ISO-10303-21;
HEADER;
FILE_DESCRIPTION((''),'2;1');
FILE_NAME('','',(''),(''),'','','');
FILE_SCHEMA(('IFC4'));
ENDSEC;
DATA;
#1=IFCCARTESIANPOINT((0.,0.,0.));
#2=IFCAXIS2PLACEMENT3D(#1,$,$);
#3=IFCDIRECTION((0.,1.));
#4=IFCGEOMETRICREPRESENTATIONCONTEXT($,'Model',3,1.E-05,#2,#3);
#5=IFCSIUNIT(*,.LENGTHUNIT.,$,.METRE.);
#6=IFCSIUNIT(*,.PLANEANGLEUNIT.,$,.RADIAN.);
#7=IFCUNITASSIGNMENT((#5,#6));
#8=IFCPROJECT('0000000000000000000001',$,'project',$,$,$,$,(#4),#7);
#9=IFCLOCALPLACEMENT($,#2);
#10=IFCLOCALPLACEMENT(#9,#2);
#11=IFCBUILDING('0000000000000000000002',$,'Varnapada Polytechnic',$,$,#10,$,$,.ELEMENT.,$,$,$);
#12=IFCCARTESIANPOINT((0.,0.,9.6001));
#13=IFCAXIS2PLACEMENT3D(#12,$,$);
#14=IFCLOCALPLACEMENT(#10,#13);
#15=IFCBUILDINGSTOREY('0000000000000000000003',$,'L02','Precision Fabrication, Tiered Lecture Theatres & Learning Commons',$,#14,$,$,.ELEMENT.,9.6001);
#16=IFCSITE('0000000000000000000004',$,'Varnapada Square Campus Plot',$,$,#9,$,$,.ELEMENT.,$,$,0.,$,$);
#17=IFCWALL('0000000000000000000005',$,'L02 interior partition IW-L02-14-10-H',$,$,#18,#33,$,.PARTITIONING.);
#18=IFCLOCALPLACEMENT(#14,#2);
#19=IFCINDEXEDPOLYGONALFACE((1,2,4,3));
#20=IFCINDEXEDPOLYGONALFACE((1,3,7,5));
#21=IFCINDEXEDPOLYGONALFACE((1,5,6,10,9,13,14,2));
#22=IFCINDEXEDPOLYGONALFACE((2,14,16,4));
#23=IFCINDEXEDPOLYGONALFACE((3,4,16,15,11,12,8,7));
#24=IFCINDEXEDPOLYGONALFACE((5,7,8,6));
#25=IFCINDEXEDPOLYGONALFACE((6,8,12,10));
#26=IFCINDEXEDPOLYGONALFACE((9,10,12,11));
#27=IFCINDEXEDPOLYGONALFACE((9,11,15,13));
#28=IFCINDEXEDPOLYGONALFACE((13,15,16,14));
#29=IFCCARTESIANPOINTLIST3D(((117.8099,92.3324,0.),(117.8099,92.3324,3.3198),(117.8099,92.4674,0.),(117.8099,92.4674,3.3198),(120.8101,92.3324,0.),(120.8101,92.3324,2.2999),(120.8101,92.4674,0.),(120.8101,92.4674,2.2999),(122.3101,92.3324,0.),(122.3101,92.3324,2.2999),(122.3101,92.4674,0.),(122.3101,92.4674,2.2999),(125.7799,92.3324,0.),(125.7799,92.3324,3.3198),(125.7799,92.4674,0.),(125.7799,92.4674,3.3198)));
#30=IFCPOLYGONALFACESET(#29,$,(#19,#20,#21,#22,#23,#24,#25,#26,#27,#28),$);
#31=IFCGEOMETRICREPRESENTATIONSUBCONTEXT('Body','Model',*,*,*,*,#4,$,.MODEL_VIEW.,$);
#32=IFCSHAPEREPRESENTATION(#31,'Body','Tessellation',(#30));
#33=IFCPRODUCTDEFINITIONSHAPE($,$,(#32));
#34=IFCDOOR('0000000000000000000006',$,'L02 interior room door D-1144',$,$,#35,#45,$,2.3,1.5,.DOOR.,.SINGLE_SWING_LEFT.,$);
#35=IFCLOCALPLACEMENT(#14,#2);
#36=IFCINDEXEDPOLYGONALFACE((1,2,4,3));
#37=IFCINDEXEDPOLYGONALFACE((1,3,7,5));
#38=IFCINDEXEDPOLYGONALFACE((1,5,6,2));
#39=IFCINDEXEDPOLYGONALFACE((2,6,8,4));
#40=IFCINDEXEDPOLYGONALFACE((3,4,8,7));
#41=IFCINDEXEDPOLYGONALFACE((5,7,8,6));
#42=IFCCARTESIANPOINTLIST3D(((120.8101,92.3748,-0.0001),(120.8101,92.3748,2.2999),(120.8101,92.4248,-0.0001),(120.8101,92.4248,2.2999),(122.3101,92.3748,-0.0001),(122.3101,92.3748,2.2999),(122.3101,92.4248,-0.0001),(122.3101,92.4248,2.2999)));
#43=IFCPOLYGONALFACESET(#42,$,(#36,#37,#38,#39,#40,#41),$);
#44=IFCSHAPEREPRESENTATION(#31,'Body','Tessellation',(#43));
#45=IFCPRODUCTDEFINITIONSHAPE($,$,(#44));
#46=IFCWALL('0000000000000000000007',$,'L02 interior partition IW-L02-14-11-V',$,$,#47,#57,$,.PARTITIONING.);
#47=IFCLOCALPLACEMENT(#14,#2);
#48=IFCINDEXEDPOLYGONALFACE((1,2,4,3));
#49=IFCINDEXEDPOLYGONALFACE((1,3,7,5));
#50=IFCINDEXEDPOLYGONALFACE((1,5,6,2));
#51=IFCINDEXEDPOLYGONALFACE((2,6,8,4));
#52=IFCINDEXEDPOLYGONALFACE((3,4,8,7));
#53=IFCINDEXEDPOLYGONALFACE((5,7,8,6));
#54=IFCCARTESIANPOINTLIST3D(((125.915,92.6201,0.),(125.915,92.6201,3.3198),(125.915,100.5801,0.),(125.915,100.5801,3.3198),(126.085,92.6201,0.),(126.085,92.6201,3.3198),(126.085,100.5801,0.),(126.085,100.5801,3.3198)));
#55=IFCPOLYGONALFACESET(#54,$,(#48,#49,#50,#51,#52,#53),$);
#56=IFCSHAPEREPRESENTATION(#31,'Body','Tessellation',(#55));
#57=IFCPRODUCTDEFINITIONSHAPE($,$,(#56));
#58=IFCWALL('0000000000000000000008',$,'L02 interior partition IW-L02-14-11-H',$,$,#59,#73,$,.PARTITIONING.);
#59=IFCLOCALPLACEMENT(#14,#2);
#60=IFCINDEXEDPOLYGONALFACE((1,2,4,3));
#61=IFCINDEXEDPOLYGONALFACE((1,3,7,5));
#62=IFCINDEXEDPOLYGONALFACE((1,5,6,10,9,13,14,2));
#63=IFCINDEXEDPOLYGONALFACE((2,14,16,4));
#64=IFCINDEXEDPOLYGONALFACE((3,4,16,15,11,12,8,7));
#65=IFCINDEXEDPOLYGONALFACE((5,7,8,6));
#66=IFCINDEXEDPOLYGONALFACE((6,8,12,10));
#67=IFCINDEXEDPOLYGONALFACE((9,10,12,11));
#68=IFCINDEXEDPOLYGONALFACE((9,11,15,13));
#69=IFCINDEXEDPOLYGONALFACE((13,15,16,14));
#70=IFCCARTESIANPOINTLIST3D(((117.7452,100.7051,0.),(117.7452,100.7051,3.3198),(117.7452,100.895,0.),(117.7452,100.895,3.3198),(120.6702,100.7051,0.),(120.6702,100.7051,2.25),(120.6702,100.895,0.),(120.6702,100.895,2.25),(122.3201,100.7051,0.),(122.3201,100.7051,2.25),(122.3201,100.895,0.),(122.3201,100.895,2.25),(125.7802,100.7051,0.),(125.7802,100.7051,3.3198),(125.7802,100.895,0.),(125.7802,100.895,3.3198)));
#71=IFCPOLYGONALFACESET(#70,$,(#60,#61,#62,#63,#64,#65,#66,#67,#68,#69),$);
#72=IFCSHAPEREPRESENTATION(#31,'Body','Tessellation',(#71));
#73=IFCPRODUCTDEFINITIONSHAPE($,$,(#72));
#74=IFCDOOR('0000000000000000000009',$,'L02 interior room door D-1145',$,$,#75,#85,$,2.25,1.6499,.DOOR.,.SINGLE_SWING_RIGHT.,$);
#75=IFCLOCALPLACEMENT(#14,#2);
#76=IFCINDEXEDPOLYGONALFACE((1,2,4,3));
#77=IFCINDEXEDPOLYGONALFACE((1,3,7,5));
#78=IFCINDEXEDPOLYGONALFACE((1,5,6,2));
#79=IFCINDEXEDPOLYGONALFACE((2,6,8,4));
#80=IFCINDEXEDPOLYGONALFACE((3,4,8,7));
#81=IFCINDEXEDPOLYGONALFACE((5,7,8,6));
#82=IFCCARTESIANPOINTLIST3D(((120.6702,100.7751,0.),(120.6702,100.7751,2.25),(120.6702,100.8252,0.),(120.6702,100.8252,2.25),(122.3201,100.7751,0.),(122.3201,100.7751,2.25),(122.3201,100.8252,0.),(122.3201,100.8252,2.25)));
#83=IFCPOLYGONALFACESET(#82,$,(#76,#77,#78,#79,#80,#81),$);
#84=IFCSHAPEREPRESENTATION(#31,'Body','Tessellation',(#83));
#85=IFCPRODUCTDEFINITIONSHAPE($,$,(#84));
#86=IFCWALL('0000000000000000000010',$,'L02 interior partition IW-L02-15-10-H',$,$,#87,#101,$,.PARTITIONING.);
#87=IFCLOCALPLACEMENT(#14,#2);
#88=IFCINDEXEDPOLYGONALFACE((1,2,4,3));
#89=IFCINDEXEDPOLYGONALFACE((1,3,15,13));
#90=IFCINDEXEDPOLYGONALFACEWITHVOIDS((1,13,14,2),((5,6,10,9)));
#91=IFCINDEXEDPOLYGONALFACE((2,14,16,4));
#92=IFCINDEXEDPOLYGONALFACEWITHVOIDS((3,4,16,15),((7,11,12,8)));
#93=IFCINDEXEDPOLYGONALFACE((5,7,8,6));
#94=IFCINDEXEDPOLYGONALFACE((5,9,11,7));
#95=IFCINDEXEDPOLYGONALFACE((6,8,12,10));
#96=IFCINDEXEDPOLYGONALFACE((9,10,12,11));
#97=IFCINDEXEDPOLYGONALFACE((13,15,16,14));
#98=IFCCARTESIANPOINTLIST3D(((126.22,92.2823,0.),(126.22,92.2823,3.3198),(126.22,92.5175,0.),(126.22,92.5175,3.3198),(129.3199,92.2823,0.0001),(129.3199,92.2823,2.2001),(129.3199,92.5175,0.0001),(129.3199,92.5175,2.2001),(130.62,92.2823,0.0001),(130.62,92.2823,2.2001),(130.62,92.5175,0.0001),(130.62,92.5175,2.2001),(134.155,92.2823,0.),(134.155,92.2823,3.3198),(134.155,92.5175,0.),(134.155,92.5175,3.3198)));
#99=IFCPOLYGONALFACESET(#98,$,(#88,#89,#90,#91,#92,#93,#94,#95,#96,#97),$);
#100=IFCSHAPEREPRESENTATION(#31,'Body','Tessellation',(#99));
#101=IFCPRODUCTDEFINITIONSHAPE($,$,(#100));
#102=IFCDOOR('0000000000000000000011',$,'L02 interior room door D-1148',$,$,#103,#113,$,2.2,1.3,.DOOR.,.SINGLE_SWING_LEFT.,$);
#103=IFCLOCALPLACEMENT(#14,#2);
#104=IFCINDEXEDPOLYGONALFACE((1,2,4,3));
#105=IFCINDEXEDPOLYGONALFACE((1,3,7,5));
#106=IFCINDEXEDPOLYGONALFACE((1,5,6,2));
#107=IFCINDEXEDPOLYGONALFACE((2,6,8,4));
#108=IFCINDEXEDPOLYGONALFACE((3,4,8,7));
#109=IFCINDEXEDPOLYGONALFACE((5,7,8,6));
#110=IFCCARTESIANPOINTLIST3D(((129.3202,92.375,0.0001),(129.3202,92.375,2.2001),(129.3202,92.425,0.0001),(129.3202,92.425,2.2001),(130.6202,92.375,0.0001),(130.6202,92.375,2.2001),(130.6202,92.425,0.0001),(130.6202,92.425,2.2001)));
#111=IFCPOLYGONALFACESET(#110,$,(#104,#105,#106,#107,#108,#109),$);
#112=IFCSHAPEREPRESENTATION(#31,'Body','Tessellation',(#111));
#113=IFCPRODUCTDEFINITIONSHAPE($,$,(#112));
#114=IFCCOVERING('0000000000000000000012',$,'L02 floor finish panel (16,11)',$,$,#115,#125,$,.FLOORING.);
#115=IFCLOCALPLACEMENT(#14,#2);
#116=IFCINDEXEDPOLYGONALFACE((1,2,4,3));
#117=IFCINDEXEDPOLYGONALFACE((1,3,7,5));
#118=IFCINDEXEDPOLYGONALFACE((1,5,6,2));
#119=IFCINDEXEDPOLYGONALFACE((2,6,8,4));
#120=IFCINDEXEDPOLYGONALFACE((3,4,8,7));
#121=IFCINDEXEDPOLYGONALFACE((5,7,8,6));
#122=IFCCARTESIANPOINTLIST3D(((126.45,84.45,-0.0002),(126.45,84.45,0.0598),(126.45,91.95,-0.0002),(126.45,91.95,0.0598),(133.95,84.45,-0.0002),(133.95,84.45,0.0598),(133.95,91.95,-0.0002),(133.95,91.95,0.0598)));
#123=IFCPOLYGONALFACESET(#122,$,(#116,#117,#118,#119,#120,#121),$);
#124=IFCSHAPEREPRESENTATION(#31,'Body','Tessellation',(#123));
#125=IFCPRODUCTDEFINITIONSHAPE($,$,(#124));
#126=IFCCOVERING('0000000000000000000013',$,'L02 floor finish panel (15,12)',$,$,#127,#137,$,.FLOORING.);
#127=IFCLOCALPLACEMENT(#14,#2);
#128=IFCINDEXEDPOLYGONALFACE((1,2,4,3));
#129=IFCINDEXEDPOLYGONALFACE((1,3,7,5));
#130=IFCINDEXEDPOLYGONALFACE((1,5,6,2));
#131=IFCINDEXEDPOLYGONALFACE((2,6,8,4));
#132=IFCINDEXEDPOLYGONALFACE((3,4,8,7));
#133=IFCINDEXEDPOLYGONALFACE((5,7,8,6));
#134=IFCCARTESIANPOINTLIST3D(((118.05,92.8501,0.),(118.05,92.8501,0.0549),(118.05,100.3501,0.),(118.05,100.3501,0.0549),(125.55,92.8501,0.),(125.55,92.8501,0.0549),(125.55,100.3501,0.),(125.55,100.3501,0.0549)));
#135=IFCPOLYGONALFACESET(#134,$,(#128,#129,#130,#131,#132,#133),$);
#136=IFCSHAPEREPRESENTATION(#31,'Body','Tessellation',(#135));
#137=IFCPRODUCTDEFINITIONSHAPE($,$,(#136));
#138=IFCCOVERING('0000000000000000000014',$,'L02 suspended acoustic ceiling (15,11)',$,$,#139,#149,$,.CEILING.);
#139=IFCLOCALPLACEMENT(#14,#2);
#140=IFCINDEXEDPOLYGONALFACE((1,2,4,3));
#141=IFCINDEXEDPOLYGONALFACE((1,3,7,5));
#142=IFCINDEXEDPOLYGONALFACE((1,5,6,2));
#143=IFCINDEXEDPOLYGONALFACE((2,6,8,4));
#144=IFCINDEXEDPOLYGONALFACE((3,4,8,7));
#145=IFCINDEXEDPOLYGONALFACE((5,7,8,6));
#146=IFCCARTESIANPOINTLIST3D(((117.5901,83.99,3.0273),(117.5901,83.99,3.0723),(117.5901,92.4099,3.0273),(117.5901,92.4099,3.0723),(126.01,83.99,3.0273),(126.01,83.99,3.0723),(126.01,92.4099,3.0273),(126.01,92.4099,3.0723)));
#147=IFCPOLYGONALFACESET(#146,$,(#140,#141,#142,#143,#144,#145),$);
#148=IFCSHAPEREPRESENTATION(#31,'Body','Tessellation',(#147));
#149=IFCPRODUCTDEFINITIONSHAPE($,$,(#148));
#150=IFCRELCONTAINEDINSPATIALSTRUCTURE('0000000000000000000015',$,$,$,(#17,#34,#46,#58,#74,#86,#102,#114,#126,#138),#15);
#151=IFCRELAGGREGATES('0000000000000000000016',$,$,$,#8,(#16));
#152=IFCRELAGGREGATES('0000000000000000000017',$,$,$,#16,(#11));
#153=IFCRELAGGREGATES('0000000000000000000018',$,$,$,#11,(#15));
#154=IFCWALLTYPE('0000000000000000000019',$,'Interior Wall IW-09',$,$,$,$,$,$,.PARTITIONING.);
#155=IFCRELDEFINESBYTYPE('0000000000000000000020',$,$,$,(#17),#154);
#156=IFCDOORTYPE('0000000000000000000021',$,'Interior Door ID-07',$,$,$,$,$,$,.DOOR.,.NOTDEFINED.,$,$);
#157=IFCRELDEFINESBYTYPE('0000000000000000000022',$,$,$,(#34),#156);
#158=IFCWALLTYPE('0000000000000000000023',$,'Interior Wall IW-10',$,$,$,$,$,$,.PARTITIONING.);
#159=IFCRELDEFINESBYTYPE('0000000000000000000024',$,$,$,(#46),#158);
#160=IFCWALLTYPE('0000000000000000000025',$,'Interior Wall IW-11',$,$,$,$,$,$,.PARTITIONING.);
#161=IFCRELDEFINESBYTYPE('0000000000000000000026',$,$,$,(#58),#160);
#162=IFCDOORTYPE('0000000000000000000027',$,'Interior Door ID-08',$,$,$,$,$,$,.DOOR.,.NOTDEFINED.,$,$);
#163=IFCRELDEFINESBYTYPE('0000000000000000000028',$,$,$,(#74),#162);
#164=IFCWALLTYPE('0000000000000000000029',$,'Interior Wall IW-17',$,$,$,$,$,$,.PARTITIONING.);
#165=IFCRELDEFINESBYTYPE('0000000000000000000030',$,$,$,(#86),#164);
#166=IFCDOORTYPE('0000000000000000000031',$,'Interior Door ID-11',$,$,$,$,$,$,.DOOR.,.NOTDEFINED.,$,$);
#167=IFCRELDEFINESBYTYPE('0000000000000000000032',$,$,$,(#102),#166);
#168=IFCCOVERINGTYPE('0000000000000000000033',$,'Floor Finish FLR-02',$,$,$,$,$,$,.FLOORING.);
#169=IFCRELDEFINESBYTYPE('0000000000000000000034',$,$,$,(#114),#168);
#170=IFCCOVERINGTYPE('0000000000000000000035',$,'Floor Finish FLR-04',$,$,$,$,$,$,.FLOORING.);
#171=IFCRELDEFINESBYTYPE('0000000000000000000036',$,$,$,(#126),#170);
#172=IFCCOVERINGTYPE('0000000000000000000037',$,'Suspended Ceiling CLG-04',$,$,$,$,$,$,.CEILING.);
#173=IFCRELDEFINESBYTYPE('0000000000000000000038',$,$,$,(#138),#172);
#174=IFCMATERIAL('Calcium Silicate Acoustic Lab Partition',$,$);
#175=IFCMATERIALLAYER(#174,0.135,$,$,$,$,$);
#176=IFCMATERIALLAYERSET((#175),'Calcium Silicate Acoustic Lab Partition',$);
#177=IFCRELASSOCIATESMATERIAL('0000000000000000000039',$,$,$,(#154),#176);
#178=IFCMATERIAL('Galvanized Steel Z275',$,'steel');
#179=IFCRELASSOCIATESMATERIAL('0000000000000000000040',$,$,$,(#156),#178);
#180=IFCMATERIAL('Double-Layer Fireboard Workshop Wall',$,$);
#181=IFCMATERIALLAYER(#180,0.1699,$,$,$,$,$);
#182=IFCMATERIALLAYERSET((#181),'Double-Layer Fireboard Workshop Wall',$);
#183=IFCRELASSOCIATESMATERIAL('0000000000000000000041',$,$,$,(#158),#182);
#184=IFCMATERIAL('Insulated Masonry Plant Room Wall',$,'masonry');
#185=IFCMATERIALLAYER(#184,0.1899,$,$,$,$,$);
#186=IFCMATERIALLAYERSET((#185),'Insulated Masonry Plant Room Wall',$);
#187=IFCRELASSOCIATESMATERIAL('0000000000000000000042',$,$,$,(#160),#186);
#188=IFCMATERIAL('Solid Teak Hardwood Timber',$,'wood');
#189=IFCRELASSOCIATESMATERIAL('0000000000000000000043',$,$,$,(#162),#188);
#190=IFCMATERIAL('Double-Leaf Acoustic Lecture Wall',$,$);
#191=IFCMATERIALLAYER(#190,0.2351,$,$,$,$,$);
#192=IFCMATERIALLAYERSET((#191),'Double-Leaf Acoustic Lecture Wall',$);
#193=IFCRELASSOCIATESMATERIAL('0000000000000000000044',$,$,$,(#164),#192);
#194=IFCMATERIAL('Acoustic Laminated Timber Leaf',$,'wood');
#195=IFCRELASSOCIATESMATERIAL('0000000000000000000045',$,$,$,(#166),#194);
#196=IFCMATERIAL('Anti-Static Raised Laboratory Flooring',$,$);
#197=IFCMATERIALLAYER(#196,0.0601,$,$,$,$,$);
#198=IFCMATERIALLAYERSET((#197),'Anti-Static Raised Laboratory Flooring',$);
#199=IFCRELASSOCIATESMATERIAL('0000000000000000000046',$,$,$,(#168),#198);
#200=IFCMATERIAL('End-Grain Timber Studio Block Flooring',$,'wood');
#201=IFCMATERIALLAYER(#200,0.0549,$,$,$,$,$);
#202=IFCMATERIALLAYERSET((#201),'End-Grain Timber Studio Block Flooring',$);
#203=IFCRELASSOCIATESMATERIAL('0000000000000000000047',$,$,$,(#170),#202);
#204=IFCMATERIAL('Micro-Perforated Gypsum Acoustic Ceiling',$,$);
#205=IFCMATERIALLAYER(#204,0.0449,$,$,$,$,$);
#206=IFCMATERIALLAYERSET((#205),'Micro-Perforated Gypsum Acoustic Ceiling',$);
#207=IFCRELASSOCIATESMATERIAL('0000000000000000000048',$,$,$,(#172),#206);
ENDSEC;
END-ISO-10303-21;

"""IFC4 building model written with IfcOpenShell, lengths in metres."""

from ifc_helpers import new_model, si_unit, direction, frame, frame_2d, origin, origin_2d, place, context, subcontext, project, spatial, rectangle, extrude, material, layer, layer_set, type_object, element, fill, save


model = new_model("IFC4")

# Units and contexts
model_context = context("Model", 3, precision=1e-05, world=origin(), true_north=direction((0.0, 1.0)))
body_context = subcontext(model_context, "Body", "Model", "MODEL_VIEW")
ifc_project = project(units=[si_unit("LENGTHUNIT", "METRE"), si_unit("PLANEANGLEUNIT", "RADIAN")], contexts=[model_context])

# Site, building, storey
site_placement = place(None, origin())
site = spatial("IfcSite", under=ifc_project, at=site_placement, Name="Varnapada Square Campus Plot", CompositionType="ELEMENT", RefElevation=0.0)
building_placement = place(site_placement, origin())
building = spatial("IfcBuilding", under=site, at=building_placement, Name="Varnapada Polytechnic", CompositionType="ELEMENT")
storey_placement = place(building_placement, frame((0.0, 0.0, 9.6001)))
storey = spatial("IfcBuildingStorey", under=building, at=storey_placement, Name="L02", Description="Precision Fabrication, Tiered Lecture Theatres & Learning Commons", CompositionType="ELEMENT", Elevation=9.6001)

# Wall, opening, door
ifc_material_1 = material(Name="Galvanized Steel Z275", Category="steel")
ifc_material_2 = material(Name="Calcium Silicate Acoustic Lab Partition")
ifc_layer_1 = layer(ifc_material_2, 0.135)
ifc_layer_set_1 = layer_set([ifc_layer_1], Name="Calcium Silicate Acoustic Lab Partition")
wall_type_1 = type_object("IfcWallType", Name="Interior Wall IW-09", PredefinedType="PARTITIONING", material=ifc_layer_set_1)
wall_1_placement = place(storey_placement, frame((117.8101, 92.3999, 0.0), z_axis=(0.0, 0.0, 1.0), x_axis=(1.0, 0.0, 0.0)))
wall_1 = element("IfcWall", 1, at=wall_1_placement, inside=storey, type_object=wall_type_1, Name="L02 interior partition IW-L02-14-10-H", PredefinedType="PARTITIONING", context=body_context, shape_type="SweptSolid", body=[
    extrude(rectangle(XDim=7.97, YDim=0.135, at=frame_2d((3.9849, 0.0))), origin(), (0.0, 0.0, 1.0), 3.3198),
])
opening_1_placement = place(wall_1_placement, frame((3.0, 0.0, 0.0)))
opening_1 = element("IfcOpeningElement", 2, at=opening_1_placement, cuts=wall_1, PredefinedType="OPENING", context=body_context, shape_type="SweptSolid", body=[
    extrude(rectangle(XDim=1.5, YDim=2.3, at=frame_2d((0.75, 1.1499))), frame((0.0, 0.0774, 0.0), z_axis=(0.0, -1.0, 0.0), x_axis=(1.0, 0.0, 0.0)), (0.0, 0.0, 1.0), 0.155),
])
door_type_1 = type_object("IfcDoorType", Name="Interior Door ID-07", OperationType="NOTDEFINED", PredefinedType="DOOR", material=ifc_material_1)
door_1_placement = place(opening_1_placement, origin())
door_1 = element("IfcDoor", 3, at=door_1_placement, inside=storey, type_object=door_type_1, Name="L02 interior room door D-1144", OperationType="SINGLE_SWING_LEFT", OverallHeight=2.3, OverallWidth=1.5, PredefinedType="DOOR", context=body_context, shape_type="SweptSolid", body=[
    extrude(rectangle(XDim=1.5, YDim=2.3, at=frame_2d((0.75, 1.1499))), frame((0.0, 0.0249, 0.0), z_axis=(0.0, -1.0, 0.0), x_axis=(1.0, 0.0, 0.0)), (0.0, 0.0, 1.0), 0.05),
])
fill(opening_1, door_1)

# Wall
ifc_material_3 = material(Name="Double-Layer Fireboard Workshop Wall")
ifc_layer_2 = layer(ifc_material_3, 0.1699)
ifc_layer_set_2 = layer_set([ifc_layer_2], Name="Double-Layer Fireboard Workshop Wall")
wall_type_2 = type_object("IfcWallType", Name="Interior Wall IW-10", PredefinedType="PARTITIONING", material=ifc_layer_set_2)
wall_2_placement = place(storey_placement, frame((126.0, 92.6201, 0.0), z_axis=(0.0, 0.0, 1.0), x_axis=(0.0, 1.0, 0.0)))
element("IfcWall", 4, at=wall_2_placement, inside=storey, type_object=wall_type_2, Name="L02 interior partition IW-L02-14-11-V", PredefinedType="PARTITIONING", context=body_context, shape_type="SweptSolid", body=[
    extrude(rectangle(XDim=7.96, YDim=0.1699, at=frame_2d((3.98, 0.0))), origin(), (0.0, 0.0, 1.0), 3.3198),
])

# Walls, openings, doors
ifc_material_4 = material(Name="Insulated Masonry Plant Room Wall", Category="masonry")
ifc_layer_3 = layer(ifc_material_4, 0.1899)
ifc_layer_set_3 = layer_set([ifc_layer_3], Name="Insulated Masonry Plant Room Wall")
wall_type_3 = type_object("IfcWallType", Name="Interior Wall IW-11", PredefinedType="PARTITIONING", material=ifc_layer_set_3)
wall_3_placement = place(storey_placement, frame((117.7451, 100.8, 0.0), z_axis=(0.0, 0.0, 1.0), x_axis=(1.0, 0.0, 0.0)))
wall_3 = element("IfcWall", 5, at=wall_3_placement, inside=storey, type_object=wall_type_3, Name="L02 interior partition IW-L02-14-11-H", PredefinedType="PARTITIONING", context=body_context, shape_type="SweptSolid", body=[
    extrude(rectangle(XDim=8.0349, YDim=0.1899, at=frame_2d((4.0176, 0.0))), origin(), (0.0, 0.0, 1.0), 3.3198),
])
opening_2_placement = place(wall_3_placement, frame((2.925, 0.0, 0.0)))
opening_2 = element("IfcOpeningElement", 6, at=opening_2_placement, cuts=wall_3, PredefinedType="OPENING", context=body_context, shape_type="SweptSolid", body=[
    extrude(rectangle(XDim=1.6499, YDim=2.25, at=frame_2d((0.825, 1.125))), frame((0.0, 0.105, 0.0), z_axis=(0.0, -1.0, 0.0), x_axis=(1.0, 0.0, 0.0)), (0.0, 0.0, 1.0), 0.21),
])
ifc_material_5 = material(Name="Solid Teak Hardwood Timber", Category="wood")
door_type_2 = type_object("IfcDoorType", Name="Interior Door ID-08", OperationType="NOTDEFINED", PredefinedType="DOOR", material=ifc_material_5)
door_2_placement = place(opening_2_placement, frame((1.6499, 0.0, 0.0), z_axis=(0.0, 0.0, 1.0), x_axis=(-1.0, 0.0, 0.0)))
door_2 = element("IfcDoor", 7, at=door_2_placement, inside=storey, type_object=door_type_2, Name="L02 interior room door D-1145", OperationType="SINGLE_SWING_RIGHT", OverallHeight=2.25, OverallWidth=1.6499, PredefinedType="DOOR", context=body_context, shape_type="SweptSolid", body=[
    extrude(rectangle(XDim=1.6499, YDim=2.25, at=frame_2d((0.825, 1.125))), frame((0.0, 0.0249, 0.0), z_axis=(0.0, -1.0, 0.0), x_axis=(1.0, 0.0, 0.0)), (0.0, 0.0, 1.0), 0.05),
])
fill(opening_2, door_2)
ifc_material_6 = material(Name="Double-Leaf Acoustic Lecture Wall")
ifc_layer_4 = layer(ifc_material_6, 0.2351)
ifc_layer_set_4 = layer_set([ifc_layer_4], Name="Double-Leaf Acoustic Lecture Wall")
wall_type_4 = type_object("IfcWallType", Name="Interior Wall IW-17", PredefinedType="PARTITIONING", material=ifc_layer_set_4)
wall_4_placement = place(storey_placement, frame((126.22, 92.3999, 0.0), z_axis=(0.0, 0.0, 1.0), x_axis=(1.0, 0.0, 0.0)))
wall_4 = element("IfcWall", 8, at=wall_4_placement, inside=storey, type_object=wall_type_4, Name="L02 interior partition IW-L02-15-10-H", PredefinedType="PARTITIONING", context=body_context, shape_type="SweptSolid", body=[
    extrude(rectangle(XDim=7.9351, YDim=0.2351, at=frame_2d((3.9675, 0.0))), origin(), (0.0, 0.0, 1.0), 3.3198),
])
opening_3_placement = place(wall_4_placement, frame((3.1001, 0.0, 0.0)))
opening_3 = element("IfcOpeningElement", 9, at=opening_3_placement, cuts=wall_4, PredefinedType="OPENING", context=body_context, shape_type="SweptSolid", body=[
    extrude(rectangle(XDim=1.3, YDim=2.2, at=frame_2d((0.6499, 1.1001))), frame((0.0, 0.1274, 0.0), z_axis=(0.0, -1.0, 0.0), x_axis=(1.0, 0.0, 0.0)), (0.0, 0.0, 1.0), 0.2551),
])
ifc_material_7 = material(Name="Acoustic Laminated Timber Leaf", Category="wood")
door_type_3 = type_object("IfcDoorType", Name="Interior Door ID-11", OperationType="NOTDEFINED", PredefinedType="DOOR", material=ifc_material_7)
door_3_placement = place(opening_3_placement, frame((1.3, 0.0, 0.0), z_axis=(0.0, 0.0, 1.0), x_axis=(-1.0, 0.0, 0.0)))
door_3 = element("IfcDoor", 10, at=door_3_placement, inside=storey, type_object=door_type_3, Name="L02 interior room door D-1148", OperationType="SINGLE_SWING_LEFT", OverallHeight=2.2, OverallWidth=1.3, PredefinedType="DOOR", context=body_context, shape_type="SweptSolid", body=[
    extrude(rectangle(XDim=1.3, YDim=2.2, at=frame_2d((0.6499, 1.1001))), frame((0.0, 0.0249, 0.0), z_axis=(0.0, -1.0, 0.0), x_axis=(1.0, 0.0, 0.0)), (0.0, 0.0, 1.0), 0.05),
])
fill(opening_3, door_3)

# Coverings
ifc_material_8 = material(Name="Anti-Static Raised Laboratory Flooring")
ifc_layer_5 = layer(ifc_material_8, 0.0601)
ifc_layer_set_5 = layer_set([ifc_layer_5], Name="Anti-Static Raised Laboratory Flooring")
covering_type_1 = type_object("IfcCoveringType", Name="Floor Finish FLR-02", PredefinedType="FLOORING", material=ifc_layer_set_5)
covering_1_placement = place(storey_placement, frame((130.2, 88.2, -0.0002), z_axis=(0.0, 0.0, 1.0), x_axis=(1.0, 0.0, 0.0)))
element("IfcCovering", 11, at=covering_1_placement, inside=storey, type_object=covering_type_1, Name="L02 floor finish panel (16,11)", PredefinedType="FLOORING", context=body_context, shape_type="SweptSolid", body=[
    extrude(rectangle(XDim=7.5, YDim=7.5, at=origin_2d()), origin(), (0.0, 0.0, 1.0), 0.0601),
])
ifc_material_9 = material(Name="End-Grain Timber Studio Block Flooring", Category="wood")
ifc_layer_6 = layer(ifc_material_9, 0.0549)
ifc_layer_set_6 = layer_set([ifc_layer_6], Name="End-Grain Timber Studio Block Flooring")
covering_type_2 = type_object("IfcCoveringType", Name="Floor Finish FLR-04", PredefinedType="FLOORING", material=ifc_layer_set_6)
covering_2_placement = place(storey_placement, frame((121.8, 96.6001, 0.0), z_axis=(0.0, 0.0, 1.0), x_axis=(1.0, 0.0, 0.0)))
element("IfcCovering", 12, at=covering_2_placement, inside=storey, type_object=covering_type_2, Name="L02 floor finish panel (15,12)", PredefinedType="FLOORING", context=body_context, shape_type="SweptSolid", body=[
    extrude(rectangle(XDim=7.5, YDim=7.5, at=origin_2d()), origin(), (0.0, 0.0, 1.0), 0.0549),
])
ifc_material_10 = material(Name="Micro-Perforated Gypsum Acoustic Ceiling")
ifc_layer_7 = layer(ifc_material_10, 0.0449)
ifc_layer_set_7 = layer_set([ifc_layer_7], Name="Micro-Perforated Gypsum Acoustic Ceiling")
covering_type_3 = type_object("IfcCoveringType", Name="Suspended Ceiling CLG-04", PredefinedType="CEILING", material=ifc_layer_set_7)
covering_3_placement = place(storey_placement, frame((121.8, 88.2, 3.0273), z_axis=(0.0, 0.0, 1.0), x_axis=(1.0, 0.0, 0.0)))
element("IfcCovering", 13, at=covering_3_placement, inside=storey, type_object=covering_type_3, Name="L02 suspended acoustic ceiling (15,11)", PredefinedType="CEILING", context=body_context, shape_type="SweptSolid", body=[
    extrude(rectangle(XDim=8.4199, YDim=8.4199, at=origin_2d()), origin(), (0.0, 0.0, 1.0), 0.0449),
])

save(model, "model.ifc")
